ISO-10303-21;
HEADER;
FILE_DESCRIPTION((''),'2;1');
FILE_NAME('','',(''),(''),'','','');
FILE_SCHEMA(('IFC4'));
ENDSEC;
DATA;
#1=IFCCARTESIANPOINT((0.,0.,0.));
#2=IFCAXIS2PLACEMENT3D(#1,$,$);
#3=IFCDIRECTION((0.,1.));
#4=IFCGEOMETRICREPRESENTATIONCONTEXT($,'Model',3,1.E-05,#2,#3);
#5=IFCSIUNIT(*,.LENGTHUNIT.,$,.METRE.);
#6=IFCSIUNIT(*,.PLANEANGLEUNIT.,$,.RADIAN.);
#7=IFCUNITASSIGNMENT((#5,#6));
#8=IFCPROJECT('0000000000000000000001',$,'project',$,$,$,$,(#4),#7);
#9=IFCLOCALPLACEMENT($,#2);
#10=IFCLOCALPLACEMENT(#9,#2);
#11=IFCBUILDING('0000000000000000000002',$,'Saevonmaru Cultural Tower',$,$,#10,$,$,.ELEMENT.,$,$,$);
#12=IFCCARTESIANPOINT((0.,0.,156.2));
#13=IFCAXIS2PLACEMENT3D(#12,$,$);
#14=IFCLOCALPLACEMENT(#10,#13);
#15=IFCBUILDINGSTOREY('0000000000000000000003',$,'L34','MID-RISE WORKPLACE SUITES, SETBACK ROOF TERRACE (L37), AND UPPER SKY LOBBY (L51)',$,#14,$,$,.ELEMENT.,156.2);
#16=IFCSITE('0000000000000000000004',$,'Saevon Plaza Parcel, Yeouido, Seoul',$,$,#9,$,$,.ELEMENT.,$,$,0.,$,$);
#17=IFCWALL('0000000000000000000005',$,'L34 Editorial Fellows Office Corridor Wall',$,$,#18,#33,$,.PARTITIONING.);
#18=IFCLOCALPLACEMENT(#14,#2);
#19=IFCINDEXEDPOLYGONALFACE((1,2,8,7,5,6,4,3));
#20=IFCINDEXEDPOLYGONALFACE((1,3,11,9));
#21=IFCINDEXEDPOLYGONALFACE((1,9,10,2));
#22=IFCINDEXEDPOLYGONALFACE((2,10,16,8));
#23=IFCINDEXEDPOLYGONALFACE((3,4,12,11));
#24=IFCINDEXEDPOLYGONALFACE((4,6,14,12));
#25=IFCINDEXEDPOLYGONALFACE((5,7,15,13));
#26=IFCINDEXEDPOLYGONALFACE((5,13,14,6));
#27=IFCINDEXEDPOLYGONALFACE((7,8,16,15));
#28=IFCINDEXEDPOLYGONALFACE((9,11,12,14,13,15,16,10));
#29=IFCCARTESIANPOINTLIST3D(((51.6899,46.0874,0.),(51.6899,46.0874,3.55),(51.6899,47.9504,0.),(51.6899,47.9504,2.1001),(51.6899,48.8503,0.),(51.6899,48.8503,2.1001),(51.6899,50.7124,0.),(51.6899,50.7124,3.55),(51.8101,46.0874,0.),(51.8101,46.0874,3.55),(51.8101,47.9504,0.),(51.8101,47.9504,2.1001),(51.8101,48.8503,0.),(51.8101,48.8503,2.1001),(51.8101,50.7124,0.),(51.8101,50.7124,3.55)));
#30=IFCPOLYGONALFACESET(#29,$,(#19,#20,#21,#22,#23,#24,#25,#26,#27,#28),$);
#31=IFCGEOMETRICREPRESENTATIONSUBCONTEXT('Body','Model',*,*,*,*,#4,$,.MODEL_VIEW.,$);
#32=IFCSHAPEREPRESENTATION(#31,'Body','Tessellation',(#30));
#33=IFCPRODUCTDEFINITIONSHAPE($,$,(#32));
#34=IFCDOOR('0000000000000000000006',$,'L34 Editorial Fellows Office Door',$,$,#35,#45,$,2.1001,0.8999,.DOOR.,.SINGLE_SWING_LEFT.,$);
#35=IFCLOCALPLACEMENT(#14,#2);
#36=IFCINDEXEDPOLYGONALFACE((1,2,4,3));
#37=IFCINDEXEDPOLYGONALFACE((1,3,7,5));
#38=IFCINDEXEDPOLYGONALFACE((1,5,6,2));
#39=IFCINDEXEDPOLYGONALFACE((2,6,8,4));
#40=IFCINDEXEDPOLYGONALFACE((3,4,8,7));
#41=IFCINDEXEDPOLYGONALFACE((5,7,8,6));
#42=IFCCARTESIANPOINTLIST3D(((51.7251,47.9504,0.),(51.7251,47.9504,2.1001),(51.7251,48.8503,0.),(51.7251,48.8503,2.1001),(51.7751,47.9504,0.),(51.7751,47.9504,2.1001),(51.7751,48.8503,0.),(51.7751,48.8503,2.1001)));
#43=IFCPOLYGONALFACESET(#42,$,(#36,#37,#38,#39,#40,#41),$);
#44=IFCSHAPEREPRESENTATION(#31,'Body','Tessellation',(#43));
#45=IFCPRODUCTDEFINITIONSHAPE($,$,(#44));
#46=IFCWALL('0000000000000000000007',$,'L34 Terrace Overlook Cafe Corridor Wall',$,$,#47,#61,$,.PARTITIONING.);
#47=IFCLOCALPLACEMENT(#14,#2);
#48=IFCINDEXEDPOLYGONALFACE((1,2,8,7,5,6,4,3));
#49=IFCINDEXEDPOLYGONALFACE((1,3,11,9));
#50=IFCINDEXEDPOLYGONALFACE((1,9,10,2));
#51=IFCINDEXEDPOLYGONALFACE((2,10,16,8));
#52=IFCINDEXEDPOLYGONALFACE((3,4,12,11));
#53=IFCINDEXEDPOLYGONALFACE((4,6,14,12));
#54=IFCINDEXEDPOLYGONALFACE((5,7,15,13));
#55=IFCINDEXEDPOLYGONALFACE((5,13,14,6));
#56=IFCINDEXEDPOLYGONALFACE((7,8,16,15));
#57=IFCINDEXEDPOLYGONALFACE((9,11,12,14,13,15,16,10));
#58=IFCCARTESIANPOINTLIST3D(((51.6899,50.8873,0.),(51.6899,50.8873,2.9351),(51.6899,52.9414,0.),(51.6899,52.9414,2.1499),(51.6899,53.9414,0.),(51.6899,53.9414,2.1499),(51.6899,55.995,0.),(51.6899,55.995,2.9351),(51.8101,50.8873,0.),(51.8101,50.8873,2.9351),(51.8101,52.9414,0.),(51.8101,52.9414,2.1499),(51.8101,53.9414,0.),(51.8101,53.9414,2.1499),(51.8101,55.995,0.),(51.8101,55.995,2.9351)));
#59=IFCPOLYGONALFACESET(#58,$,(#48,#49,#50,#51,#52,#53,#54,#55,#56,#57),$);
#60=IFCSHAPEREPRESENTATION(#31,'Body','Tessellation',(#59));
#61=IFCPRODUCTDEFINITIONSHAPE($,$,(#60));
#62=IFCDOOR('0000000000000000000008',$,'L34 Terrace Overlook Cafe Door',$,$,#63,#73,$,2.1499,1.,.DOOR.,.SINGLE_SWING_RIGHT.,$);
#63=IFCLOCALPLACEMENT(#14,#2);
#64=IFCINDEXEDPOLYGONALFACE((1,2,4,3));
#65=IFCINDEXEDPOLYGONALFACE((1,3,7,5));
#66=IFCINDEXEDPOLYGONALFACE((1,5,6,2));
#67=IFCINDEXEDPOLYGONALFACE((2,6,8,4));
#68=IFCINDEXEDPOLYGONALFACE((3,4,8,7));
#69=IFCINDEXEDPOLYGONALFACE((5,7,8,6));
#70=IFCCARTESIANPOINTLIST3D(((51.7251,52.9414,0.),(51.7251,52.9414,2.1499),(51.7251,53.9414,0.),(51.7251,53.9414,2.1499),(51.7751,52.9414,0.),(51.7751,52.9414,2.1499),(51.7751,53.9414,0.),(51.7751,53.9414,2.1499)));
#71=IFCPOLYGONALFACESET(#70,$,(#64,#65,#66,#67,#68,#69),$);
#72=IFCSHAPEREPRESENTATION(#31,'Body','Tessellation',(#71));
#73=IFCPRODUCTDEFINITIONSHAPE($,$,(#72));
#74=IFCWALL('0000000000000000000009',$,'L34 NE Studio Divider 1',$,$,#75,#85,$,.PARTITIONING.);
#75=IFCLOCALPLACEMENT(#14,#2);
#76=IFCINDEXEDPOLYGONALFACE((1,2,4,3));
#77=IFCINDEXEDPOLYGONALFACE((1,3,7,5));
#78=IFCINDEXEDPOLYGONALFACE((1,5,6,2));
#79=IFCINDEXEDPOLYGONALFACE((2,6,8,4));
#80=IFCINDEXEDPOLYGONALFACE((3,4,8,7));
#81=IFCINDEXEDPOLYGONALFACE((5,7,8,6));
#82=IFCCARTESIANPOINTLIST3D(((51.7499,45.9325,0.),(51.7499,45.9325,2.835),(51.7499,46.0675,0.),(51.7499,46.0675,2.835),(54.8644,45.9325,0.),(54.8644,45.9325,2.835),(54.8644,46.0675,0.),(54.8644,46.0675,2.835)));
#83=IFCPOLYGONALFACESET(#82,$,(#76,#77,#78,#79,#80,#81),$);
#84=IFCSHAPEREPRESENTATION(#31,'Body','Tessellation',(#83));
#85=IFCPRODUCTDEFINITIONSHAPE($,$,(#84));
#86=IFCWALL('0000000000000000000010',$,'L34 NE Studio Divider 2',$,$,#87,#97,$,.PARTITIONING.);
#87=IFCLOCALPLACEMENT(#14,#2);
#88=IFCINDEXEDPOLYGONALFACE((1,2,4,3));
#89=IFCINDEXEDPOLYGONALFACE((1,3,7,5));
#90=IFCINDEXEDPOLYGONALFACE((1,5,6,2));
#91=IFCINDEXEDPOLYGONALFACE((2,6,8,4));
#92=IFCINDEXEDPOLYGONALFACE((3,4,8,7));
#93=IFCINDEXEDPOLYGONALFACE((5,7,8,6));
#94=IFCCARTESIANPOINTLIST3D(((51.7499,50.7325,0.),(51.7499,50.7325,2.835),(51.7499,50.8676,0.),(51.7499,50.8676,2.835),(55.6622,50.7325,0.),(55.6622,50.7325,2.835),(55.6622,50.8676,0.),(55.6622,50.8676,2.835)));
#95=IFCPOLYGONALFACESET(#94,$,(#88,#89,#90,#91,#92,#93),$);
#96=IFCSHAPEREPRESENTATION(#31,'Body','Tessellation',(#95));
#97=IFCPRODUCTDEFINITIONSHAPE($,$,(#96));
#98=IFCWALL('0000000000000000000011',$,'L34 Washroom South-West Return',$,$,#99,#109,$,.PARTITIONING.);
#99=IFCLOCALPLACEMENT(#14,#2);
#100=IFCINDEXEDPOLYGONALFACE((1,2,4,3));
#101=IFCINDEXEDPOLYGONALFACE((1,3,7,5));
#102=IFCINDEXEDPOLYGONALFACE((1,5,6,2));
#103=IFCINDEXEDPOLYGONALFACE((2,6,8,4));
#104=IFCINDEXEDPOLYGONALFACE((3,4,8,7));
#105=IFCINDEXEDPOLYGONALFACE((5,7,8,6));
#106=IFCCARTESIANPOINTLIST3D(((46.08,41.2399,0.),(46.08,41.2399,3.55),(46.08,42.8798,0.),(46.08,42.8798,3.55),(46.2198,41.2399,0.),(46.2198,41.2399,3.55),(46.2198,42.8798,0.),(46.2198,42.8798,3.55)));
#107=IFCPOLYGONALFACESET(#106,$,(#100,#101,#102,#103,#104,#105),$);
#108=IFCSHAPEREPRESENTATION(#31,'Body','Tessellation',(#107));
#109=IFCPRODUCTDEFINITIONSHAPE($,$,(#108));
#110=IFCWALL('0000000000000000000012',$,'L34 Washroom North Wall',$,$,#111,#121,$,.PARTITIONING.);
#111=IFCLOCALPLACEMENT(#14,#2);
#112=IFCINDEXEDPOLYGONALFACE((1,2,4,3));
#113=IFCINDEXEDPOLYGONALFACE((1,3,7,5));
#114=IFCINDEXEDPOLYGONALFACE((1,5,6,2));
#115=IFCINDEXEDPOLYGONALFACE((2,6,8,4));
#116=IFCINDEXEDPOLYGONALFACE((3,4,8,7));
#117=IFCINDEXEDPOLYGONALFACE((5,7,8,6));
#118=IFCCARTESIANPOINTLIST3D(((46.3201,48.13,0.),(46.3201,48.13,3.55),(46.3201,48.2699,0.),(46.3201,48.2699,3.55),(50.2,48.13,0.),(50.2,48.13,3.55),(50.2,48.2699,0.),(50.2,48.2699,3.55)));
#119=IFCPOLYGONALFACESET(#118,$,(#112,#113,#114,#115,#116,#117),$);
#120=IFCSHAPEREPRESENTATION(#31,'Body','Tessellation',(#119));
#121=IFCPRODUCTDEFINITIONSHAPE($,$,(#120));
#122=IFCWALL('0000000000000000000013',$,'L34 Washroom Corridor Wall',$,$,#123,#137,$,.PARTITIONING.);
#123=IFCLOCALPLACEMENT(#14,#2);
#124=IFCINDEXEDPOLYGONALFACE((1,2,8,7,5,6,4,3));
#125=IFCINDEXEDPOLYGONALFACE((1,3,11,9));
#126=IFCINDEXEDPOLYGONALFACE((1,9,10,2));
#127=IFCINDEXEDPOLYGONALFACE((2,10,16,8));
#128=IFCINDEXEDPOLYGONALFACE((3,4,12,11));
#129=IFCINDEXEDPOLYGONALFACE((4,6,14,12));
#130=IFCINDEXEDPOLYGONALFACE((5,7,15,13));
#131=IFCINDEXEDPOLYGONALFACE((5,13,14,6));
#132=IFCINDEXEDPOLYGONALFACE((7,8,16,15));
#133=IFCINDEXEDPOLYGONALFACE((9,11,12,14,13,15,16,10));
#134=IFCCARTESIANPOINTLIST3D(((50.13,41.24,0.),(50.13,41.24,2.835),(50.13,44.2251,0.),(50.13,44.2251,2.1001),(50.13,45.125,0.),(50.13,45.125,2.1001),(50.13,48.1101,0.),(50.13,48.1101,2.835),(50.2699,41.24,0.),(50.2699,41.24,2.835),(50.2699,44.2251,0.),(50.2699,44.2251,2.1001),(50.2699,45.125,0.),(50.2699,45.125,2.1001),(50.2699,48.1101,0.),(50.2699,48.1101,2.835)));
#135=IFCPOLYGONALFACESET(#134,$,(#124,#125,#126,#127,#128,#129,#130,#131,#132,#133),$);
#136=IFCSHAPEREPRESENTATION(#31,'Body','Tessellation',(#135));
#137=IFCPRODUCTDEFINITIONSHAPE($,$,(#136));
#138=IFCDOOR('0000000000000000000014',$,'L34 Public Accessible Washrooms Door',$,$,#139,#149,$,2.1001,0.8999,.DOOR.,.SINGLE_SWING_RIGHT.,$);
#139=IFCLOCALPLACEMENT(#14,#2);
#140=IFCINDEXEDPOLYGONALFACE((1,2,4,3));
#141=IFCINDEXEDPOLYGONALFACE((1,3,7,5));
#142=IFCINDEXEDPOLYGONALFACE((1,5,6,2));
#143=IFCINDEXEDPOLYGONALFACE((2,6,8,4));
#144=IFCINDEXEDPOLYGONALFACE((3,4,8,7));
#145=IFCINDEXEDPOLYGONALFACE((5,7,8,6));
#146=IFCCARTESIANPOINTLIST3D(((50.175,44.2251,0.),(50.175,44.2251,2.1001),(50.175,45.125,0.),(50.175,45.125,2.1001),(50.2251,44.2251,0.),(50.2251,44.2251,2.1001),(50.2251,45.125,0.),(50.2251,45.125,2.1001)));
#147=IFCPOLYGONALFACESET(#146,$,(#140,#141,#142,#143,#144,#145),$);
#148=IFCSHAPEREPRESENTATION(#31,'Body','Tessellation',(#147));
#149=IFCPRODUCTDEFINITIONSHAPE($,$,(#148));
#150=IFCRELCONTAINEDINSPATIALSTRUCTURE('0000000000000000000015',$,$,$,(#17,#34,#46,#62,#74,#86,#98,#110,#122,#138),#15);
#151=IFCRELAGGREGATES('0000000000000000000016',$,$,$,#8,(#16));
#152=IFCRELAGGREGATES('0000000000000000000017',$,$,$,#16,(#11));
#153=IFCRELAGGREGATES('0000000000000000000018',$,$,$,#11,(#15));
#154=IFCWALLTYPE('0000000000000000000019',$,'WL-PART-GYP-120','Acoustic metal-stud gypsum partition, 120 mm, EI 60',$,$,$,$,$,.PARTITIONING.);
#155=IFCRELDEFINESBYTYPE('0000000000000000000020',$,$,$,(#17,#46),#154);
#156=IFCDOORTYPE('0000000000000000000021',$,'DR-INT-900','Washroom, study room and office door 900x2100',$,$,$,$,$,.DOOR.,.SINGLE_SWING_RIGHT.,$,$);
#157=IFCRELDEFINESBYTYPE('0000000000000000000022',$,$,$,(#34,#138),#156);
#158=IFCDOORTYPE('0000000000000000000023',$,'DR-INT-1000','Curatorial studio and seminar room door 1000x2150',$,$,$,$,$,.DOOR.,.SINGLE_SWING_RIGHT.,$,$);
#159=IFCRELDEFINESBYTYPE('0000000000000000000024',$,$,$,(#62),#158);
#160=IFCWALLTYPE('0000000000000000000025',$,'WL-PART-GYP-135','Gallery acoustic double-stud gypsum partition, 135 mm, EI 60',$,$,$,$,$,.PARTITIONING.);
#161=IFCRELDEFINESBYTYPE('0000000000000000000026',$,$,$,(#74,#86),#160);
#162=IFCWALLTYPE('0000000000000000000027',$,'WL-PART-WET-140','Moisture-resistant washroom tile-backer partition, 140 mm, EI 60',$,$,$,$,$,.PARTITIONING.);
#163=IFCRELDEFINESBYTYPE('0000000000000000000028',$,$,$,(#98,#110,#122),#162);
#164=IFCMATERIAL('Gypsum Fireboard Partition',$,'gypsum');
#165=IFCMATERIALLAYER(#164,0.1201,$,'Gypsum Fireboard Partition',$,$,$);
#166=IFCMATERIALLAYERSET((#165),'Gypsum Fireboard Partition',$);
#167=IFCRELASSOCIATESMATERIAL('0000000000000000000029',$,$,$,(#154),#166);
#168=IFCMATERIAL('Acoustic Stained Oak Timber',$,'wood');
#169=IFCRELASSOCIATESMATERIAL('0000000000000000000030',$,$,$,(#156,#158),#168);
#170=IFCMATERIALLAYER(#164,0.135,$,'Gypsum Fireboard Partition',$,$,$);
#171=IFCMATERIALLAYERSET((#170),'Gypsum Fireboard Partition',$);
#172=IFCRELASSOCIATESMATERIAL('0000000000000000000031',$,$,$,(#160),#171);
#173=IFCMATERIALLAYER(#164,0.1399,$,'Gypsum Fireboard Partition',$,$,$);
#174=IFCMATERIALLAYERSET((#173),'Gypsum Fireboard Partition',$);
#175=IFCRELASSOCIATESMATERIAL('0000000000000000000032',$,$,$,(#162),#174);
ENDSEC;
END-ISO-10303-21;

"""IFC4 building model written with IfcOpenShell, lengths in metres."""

from ifc_helpers import new_model, si_unit, direction, frame, frame_2d, origin, place, context, subcontext, project, spatial, rectangle, extrude, material, layer, layer_set, type_object, element, fill, save


model = new_model("IFC4")

# Units and contexts
model_context = context("Model", 3, precision=1e-05, world=origin(), true_north=direction((0.0, 1.0)))
body_context = subcontext(model_context, "Body", "Model", "MODEL_VIEW")
ifc_project = project(units=[si_unit("LENGTHUNIT", "METRE"), si_unit("PLANEANGLEUNIT", "RADIAN")], contexts=[model_context])

# Site, building, storey
site_placement = place(None, origin())
site = spatial("IfcSite", under=ifc_project, at=site_placement, Name="Saevon Plaza Parcel, Yeouido, Seoul", CompositionType="ELEMENT", RefElevation=0.0)
building_placement = place(site_placement, origin())
building = spatial("IfcBuilding", under=site, at=building_placement, Name="Saevonmaru Cultural Tower", CompositionType="ELEMENT")
storey_placement = place(building_placement, frame((0.0, 0.0, 156.2)))
storey = spatial("IfcBuildingStorey", under=building, at=storey_placement, Name="L34", Description="MID-RISE WORKPLACE SUITES, SETBACK ROOF TERRACE (L37), AND UPPER SKY LOBBY (L51)", CompositionType="ELEMENT", Elevation=156.2)

# Walls, openings, doors
ifc_material_1 = material(Name="Gypsum Fireboard Partition", Category="gypsum")
ifc_layer_1 = layer(ifc_material_1, 0.1201, Name="Gypsum Fireboard Partition")
ifc_layer_set_1 = layer_set([ifc_layer_1], Name="Gypsum Fireboard Partition")
wall_type_1 = type_object("IfcWallType", Name="WL-PART-GYP-120", Description="Acoustic metal-stud gypsum partition, 120 mm, EI 60", PredefinedType="PARTITIONING", material=ifc_layer_set_1)
wall_1_placement = place(storey_placement, frame((51.75, 46.0874, 0.0), z_axis=(0.0, 0.0, 1.0), x_axis=(0.0, 1.0, 0.0)))
wall_1 = element("IfcWall", 1, at=wall_1_placement, inside=storey, type_object=wall_type_1, Name="L34 Editorial Fellows Office Corridor Wall", PredefinedType="PARTITIONING", context=body_context, shape_type="SweptSolid", body=[
    extrude(rectangle(XDim=4.625, YDim=0.1201, at=frame_2d((2.3125, 0.0))), origin(), (0.0, 0.0, 1.0), 3.55),
])
opening_1_placement = place(wall_1_placement, frame((1.863, 0.0, 0.0)))
opening_1 = element("IfcOpeningElement", 2, at=opening_1_placement, cuts=wall_1, PredefinedType="OPENING", context=body_context, shape_type="SweptSolid", body=[
    extrude(rectangle(XDim=0.8999, YDim=2.1001, at=frame_2d((0.45, 1.05))), frame((0.0, 0.0701, 0.0), z_axis=(0.0, -1.0, 0.0), x_axis=(1.0, 0.0, 0.0)), (0.0, 0.0, 1.0), 0.1401),
])
ifc_material_2 = material(Name="Acoustic Stained Oak Timber", Category="wood")
door_type_1 = type_object("IfcDoorType", Name="DR-INT-900", Description="Washroom, study room and office door 900x2100", OperationType="SINGLE_SWING_RIGHT", PredefinedType="DOOR", material=ifc_material_2)
door_1_placement = place(opening_1_placement, origin())
door_1 = element("IfcDoor", 3, at=door_1_placement, inside=storey, type_object=door_type_1, Name="L34 Editorial Fellows Office Door", OperationType="SINGLE_SWING_LEFT", OverallHeight=2.1001, OverallWidth=0.8999, PredefinedType="DOOR", context=body_context, shape_type="SweptSolid", body=[
    extrude(rectangle(XDim=0.8999, YDim=2.1001, at=frame_2d((0.45, 1.05))), frame((0.0, 0.0249, 0.0), z_axis=(0.0, -1.0, 0.0), x_axis=(1.0, 0.0, 0.0)), (0.0, 0.0, 1.0), 0.05),
])
fill(opening_1, door_1)
wall_2_placement = place(storey_placement, frame((51.75, 50.8875, 0.0), z_axis=(0.0, 0.0, 1.0), x_axis=(0.0, 1.0, 0.0)))
wall_2 = element("IfcWall", 4, at=wall_2_placement, inside=storey, type_object=wall_type_1, Name="L34 Terrace Overlook Cafe Corridor Wall", PredefinedType="PARTITIONING", context=body_context, shape_type="SweptSolid", body=[
    extrude(rectangle(XDim=5.1077, YDim=0.1201, at=frame_2d((2.5537, 0.0))), origin(), (0.0, 0.0, 1.0), 2.9351),
])
opening_2_placement = place(wall_2_placement, frame((2.054, 0.0, 0.0)))
opening_2 = element("IfcOpeningElement", 5, at=opening_2_placement, cuts=wall_2, PredefinedType="OPENING", context=body_context, shape_type="SweptSolid", body=[
    extrude(rectangle(XDim=1.0, YDim=2.1499, at=frame_2d((0.5, 1.075))), frame((0.0, 0.0701, 0.0), z_axis=(0.0, -1.0, 0.0), x_axis=(1.0, 0.0, 0.0)), (0.0, 0.0, 1.0), 0.1401),
])
door_type_2 = type_object("IfcDoorType", Name="DR-INT-1000", Description="Curatorial studio and seminar room door 1000x2150", OperationType="SINGLE_SWING_RIGHT", PredefinedType="DOOR", material=ifc_material_2)
door_2_placement = place(opening_2_placement, origin())
door_2 = element("IfcDoor", 6, at=door_2_placement, inside=storey, type_object=door_type_2, Name="L34 Terrace Overlook Cafe Door", OperationType="SINGLE_SWING_RIGHT", OverallHeight=2.1499, OverallWidth=1.0, PredefinedType="DOOR", context=body_context, shape_type="SweptSolid", body=[
    extrude(rectangle(XDim=1.0, YDim=2.1499, at=frame_2d((0.5, 1.075))), frame((0.0, 0.0249, 0.0), z_axis=(0.0, -1.0, 0.0), x_axis=(1.0, 0.0, 0.0)), (0.0, 0.0, 1.0), 0.05),
])
fill(opening_2, door_2)

# Walls
ifc_layer_2 = layer(ifc_material_1, 0.135, Name="Gypsum Fireboard Partition")
ifc_layer_set_2 = layer_set([ifc_layer_2], Name="Gypsum Fireboard Partition")
wall_type_2 = type_object("IfcWallType", Name="WL-PART-GYP-135", Description="Gallery acoustic double-stud gypsum partition, 135 mm, EI 60", PredefinedType="PARTITIONING", material=ifc_layer_set_2)
wall_3_placement = place(storey_placement, frame((51.75, 46.0, 0.0), z_axis=(0.0, 0.0, 1.0), x_axis=(1.0, 0.0, 0.0)))
element("IfcWall", 7, at=wall_3_placement, inside=storey, type_object=wall_type_2, Name="L34 NE Studio Divider 1", PredefinedType="PARTITIONING", context=body_context, shape_type="SweptSolid", body=[
    extrude(rectangle(XDim=3.1145, YDim=0.135, at=frame_2d((1.5571, 0.0))), origin(), (0.0, 0.0, 1.0), 2.835),
])
wall_4_placement = place(storey_placement, frame((51.75, 50.8, 0.0), z_axis=(0.0, 0.0, 1.0), x_axis=(1.0, 0.0, 0.0)))
element("IfcWall", 8, at=wall_4_placement, inside=storey, type_object=wall_type_2, Name="L34 NE Studio Divider 2", PredefinedType="PARTITIONING", context=body_context, shape_type="SweptSolid", body=[
    extrude(rectangle(XDim=3.9124, YDim=0.135, at=frame_2d((1.9561, 0.0))), origin(), (0.0, 0.0, 1.0), 2.835),
])
ifc_layer_3 = layer(ifc_material_1, 0.1399, Name="Gypsum Fireboard Partition")
ifc_layer_set_3 = layer_set([ifc_layer_3], Name="Gypsum Fireboard Partition")
wall_type_3 = type_object("IfcWallType", Name="WL-PART-WET-140", Description="Moisture-resistant washroom tile-backer partition, 140 mm, EI 60", PredefinedType="PARTITIONING", material=ifc_layer_set_3)
wall_5_placement = place(storey_placement, frame((46.1499, 41.24, 0.0), z_axis=(0.0, 0.0, 1.0), x_axis=(0.0, 1.0, 0.0)))
element("IfcWall", 9, at=wall_5_placement, inside=storey, type_object=wall_type_3, Name="L34 Washroom South-West Return", PredefinedType="PARTITIONING", context=body_context, shape_type="SweptSolid", body=[
    extrude(rectangle(XDim=1.6399, YDim=0.1399, at=frame_2d((0.8198, 0.0))), origin(), (0.0, 0.0, 1.0), 3.55),
])
wall_6_placement = place(storey_placement, frame((46.3201, 48.2, 0.0), z_axis=(0.0, 0.0, 1.0), x_axis=(1.0, 0.0, 0.0)))
element("IfcWall", 10, at=wall_6_placement, inside=storey, type_object=wall_type_3, Name="L34 Washroom North Wall", PredefinedType="PARTITIONING", context=body_context, shape_type="SweptSolid", body=[
    extrude(rectangle(XDim=3.8799, YDim=0.1399, at=frame_2d((1.9399, 0.0))), origin(), (0.0, 0.0, 1.0), 3.55),
])

# Wall, opening, door
wall_7_placement = place(storey_placement, frame((50.2, 41.24, 0.0), z_axis=(0.0, 0.0, 1.0), x_axis=(0.0, 1.0, 0.0)))
wall_7 = element("IfcWall", 11, at=wall_7_placement, inside=storey, type_object=wall_type_3, Name="L34 Washroom Corridor Wall", PredefinedType="PARTITIONING", context=body_context, shape_type="SweptSolid", body=[
    extrude(rectangle(XDim=6.8701, YDim=0.1399, at=frame_2d((3.4351, 0.0))), origin(), (0.0, 0.0, 1.0), 2.835),
])
opening_3_placement = place(wall_7_placement, frame((2.9851, 0.0, 0.0)))
opening_3 = element("IfcOpeningElement", 12, at=opening_3_placement, cuts=wall_7, PredefinedType="OPENING", context=body_context, shape_type="SweptSolid", body=[
    extrude(rectangle(XDim=0.8999, YDim=2.1001, at=frame_2d((0.45, 1.05))), frame((0.0, 0.0801, 0.0), z_axis=(0.0, -1.0, 0.0), x_axis=(1.0, 0.0, 0.0)), (0.0, 0.0, 1.0), 0.1599),
])
door_3_placement = place(opening_3_placement, origin())
door_3 = element("IfcDoor", 13, at=door_3_placement, inside=storey, type_object=door_type_1, Name="L34 Public Accessible Washrooms Door", OperationType="SINGLE_SWING_RIGHT", OverallHeight=2.1001, OverallWidth=0.8999, PredefinedType="DOOR", context=body_context, shape_type="SweptSolid", body=[
    extrude(rectangle(XDim=0.8999, YDim=2.1001, at=frame_2d((0.45, 1.05))), frame((0.0, 0.0249, 0.0), z_axis=(0.0, -1.0, 0.0), x_axis=(1.0, 0.0, 0.0)), (0.0, 0.0, 1.0), 0.05),
])
fill(opening_3, door_3)

save(model, "model.ifc")
